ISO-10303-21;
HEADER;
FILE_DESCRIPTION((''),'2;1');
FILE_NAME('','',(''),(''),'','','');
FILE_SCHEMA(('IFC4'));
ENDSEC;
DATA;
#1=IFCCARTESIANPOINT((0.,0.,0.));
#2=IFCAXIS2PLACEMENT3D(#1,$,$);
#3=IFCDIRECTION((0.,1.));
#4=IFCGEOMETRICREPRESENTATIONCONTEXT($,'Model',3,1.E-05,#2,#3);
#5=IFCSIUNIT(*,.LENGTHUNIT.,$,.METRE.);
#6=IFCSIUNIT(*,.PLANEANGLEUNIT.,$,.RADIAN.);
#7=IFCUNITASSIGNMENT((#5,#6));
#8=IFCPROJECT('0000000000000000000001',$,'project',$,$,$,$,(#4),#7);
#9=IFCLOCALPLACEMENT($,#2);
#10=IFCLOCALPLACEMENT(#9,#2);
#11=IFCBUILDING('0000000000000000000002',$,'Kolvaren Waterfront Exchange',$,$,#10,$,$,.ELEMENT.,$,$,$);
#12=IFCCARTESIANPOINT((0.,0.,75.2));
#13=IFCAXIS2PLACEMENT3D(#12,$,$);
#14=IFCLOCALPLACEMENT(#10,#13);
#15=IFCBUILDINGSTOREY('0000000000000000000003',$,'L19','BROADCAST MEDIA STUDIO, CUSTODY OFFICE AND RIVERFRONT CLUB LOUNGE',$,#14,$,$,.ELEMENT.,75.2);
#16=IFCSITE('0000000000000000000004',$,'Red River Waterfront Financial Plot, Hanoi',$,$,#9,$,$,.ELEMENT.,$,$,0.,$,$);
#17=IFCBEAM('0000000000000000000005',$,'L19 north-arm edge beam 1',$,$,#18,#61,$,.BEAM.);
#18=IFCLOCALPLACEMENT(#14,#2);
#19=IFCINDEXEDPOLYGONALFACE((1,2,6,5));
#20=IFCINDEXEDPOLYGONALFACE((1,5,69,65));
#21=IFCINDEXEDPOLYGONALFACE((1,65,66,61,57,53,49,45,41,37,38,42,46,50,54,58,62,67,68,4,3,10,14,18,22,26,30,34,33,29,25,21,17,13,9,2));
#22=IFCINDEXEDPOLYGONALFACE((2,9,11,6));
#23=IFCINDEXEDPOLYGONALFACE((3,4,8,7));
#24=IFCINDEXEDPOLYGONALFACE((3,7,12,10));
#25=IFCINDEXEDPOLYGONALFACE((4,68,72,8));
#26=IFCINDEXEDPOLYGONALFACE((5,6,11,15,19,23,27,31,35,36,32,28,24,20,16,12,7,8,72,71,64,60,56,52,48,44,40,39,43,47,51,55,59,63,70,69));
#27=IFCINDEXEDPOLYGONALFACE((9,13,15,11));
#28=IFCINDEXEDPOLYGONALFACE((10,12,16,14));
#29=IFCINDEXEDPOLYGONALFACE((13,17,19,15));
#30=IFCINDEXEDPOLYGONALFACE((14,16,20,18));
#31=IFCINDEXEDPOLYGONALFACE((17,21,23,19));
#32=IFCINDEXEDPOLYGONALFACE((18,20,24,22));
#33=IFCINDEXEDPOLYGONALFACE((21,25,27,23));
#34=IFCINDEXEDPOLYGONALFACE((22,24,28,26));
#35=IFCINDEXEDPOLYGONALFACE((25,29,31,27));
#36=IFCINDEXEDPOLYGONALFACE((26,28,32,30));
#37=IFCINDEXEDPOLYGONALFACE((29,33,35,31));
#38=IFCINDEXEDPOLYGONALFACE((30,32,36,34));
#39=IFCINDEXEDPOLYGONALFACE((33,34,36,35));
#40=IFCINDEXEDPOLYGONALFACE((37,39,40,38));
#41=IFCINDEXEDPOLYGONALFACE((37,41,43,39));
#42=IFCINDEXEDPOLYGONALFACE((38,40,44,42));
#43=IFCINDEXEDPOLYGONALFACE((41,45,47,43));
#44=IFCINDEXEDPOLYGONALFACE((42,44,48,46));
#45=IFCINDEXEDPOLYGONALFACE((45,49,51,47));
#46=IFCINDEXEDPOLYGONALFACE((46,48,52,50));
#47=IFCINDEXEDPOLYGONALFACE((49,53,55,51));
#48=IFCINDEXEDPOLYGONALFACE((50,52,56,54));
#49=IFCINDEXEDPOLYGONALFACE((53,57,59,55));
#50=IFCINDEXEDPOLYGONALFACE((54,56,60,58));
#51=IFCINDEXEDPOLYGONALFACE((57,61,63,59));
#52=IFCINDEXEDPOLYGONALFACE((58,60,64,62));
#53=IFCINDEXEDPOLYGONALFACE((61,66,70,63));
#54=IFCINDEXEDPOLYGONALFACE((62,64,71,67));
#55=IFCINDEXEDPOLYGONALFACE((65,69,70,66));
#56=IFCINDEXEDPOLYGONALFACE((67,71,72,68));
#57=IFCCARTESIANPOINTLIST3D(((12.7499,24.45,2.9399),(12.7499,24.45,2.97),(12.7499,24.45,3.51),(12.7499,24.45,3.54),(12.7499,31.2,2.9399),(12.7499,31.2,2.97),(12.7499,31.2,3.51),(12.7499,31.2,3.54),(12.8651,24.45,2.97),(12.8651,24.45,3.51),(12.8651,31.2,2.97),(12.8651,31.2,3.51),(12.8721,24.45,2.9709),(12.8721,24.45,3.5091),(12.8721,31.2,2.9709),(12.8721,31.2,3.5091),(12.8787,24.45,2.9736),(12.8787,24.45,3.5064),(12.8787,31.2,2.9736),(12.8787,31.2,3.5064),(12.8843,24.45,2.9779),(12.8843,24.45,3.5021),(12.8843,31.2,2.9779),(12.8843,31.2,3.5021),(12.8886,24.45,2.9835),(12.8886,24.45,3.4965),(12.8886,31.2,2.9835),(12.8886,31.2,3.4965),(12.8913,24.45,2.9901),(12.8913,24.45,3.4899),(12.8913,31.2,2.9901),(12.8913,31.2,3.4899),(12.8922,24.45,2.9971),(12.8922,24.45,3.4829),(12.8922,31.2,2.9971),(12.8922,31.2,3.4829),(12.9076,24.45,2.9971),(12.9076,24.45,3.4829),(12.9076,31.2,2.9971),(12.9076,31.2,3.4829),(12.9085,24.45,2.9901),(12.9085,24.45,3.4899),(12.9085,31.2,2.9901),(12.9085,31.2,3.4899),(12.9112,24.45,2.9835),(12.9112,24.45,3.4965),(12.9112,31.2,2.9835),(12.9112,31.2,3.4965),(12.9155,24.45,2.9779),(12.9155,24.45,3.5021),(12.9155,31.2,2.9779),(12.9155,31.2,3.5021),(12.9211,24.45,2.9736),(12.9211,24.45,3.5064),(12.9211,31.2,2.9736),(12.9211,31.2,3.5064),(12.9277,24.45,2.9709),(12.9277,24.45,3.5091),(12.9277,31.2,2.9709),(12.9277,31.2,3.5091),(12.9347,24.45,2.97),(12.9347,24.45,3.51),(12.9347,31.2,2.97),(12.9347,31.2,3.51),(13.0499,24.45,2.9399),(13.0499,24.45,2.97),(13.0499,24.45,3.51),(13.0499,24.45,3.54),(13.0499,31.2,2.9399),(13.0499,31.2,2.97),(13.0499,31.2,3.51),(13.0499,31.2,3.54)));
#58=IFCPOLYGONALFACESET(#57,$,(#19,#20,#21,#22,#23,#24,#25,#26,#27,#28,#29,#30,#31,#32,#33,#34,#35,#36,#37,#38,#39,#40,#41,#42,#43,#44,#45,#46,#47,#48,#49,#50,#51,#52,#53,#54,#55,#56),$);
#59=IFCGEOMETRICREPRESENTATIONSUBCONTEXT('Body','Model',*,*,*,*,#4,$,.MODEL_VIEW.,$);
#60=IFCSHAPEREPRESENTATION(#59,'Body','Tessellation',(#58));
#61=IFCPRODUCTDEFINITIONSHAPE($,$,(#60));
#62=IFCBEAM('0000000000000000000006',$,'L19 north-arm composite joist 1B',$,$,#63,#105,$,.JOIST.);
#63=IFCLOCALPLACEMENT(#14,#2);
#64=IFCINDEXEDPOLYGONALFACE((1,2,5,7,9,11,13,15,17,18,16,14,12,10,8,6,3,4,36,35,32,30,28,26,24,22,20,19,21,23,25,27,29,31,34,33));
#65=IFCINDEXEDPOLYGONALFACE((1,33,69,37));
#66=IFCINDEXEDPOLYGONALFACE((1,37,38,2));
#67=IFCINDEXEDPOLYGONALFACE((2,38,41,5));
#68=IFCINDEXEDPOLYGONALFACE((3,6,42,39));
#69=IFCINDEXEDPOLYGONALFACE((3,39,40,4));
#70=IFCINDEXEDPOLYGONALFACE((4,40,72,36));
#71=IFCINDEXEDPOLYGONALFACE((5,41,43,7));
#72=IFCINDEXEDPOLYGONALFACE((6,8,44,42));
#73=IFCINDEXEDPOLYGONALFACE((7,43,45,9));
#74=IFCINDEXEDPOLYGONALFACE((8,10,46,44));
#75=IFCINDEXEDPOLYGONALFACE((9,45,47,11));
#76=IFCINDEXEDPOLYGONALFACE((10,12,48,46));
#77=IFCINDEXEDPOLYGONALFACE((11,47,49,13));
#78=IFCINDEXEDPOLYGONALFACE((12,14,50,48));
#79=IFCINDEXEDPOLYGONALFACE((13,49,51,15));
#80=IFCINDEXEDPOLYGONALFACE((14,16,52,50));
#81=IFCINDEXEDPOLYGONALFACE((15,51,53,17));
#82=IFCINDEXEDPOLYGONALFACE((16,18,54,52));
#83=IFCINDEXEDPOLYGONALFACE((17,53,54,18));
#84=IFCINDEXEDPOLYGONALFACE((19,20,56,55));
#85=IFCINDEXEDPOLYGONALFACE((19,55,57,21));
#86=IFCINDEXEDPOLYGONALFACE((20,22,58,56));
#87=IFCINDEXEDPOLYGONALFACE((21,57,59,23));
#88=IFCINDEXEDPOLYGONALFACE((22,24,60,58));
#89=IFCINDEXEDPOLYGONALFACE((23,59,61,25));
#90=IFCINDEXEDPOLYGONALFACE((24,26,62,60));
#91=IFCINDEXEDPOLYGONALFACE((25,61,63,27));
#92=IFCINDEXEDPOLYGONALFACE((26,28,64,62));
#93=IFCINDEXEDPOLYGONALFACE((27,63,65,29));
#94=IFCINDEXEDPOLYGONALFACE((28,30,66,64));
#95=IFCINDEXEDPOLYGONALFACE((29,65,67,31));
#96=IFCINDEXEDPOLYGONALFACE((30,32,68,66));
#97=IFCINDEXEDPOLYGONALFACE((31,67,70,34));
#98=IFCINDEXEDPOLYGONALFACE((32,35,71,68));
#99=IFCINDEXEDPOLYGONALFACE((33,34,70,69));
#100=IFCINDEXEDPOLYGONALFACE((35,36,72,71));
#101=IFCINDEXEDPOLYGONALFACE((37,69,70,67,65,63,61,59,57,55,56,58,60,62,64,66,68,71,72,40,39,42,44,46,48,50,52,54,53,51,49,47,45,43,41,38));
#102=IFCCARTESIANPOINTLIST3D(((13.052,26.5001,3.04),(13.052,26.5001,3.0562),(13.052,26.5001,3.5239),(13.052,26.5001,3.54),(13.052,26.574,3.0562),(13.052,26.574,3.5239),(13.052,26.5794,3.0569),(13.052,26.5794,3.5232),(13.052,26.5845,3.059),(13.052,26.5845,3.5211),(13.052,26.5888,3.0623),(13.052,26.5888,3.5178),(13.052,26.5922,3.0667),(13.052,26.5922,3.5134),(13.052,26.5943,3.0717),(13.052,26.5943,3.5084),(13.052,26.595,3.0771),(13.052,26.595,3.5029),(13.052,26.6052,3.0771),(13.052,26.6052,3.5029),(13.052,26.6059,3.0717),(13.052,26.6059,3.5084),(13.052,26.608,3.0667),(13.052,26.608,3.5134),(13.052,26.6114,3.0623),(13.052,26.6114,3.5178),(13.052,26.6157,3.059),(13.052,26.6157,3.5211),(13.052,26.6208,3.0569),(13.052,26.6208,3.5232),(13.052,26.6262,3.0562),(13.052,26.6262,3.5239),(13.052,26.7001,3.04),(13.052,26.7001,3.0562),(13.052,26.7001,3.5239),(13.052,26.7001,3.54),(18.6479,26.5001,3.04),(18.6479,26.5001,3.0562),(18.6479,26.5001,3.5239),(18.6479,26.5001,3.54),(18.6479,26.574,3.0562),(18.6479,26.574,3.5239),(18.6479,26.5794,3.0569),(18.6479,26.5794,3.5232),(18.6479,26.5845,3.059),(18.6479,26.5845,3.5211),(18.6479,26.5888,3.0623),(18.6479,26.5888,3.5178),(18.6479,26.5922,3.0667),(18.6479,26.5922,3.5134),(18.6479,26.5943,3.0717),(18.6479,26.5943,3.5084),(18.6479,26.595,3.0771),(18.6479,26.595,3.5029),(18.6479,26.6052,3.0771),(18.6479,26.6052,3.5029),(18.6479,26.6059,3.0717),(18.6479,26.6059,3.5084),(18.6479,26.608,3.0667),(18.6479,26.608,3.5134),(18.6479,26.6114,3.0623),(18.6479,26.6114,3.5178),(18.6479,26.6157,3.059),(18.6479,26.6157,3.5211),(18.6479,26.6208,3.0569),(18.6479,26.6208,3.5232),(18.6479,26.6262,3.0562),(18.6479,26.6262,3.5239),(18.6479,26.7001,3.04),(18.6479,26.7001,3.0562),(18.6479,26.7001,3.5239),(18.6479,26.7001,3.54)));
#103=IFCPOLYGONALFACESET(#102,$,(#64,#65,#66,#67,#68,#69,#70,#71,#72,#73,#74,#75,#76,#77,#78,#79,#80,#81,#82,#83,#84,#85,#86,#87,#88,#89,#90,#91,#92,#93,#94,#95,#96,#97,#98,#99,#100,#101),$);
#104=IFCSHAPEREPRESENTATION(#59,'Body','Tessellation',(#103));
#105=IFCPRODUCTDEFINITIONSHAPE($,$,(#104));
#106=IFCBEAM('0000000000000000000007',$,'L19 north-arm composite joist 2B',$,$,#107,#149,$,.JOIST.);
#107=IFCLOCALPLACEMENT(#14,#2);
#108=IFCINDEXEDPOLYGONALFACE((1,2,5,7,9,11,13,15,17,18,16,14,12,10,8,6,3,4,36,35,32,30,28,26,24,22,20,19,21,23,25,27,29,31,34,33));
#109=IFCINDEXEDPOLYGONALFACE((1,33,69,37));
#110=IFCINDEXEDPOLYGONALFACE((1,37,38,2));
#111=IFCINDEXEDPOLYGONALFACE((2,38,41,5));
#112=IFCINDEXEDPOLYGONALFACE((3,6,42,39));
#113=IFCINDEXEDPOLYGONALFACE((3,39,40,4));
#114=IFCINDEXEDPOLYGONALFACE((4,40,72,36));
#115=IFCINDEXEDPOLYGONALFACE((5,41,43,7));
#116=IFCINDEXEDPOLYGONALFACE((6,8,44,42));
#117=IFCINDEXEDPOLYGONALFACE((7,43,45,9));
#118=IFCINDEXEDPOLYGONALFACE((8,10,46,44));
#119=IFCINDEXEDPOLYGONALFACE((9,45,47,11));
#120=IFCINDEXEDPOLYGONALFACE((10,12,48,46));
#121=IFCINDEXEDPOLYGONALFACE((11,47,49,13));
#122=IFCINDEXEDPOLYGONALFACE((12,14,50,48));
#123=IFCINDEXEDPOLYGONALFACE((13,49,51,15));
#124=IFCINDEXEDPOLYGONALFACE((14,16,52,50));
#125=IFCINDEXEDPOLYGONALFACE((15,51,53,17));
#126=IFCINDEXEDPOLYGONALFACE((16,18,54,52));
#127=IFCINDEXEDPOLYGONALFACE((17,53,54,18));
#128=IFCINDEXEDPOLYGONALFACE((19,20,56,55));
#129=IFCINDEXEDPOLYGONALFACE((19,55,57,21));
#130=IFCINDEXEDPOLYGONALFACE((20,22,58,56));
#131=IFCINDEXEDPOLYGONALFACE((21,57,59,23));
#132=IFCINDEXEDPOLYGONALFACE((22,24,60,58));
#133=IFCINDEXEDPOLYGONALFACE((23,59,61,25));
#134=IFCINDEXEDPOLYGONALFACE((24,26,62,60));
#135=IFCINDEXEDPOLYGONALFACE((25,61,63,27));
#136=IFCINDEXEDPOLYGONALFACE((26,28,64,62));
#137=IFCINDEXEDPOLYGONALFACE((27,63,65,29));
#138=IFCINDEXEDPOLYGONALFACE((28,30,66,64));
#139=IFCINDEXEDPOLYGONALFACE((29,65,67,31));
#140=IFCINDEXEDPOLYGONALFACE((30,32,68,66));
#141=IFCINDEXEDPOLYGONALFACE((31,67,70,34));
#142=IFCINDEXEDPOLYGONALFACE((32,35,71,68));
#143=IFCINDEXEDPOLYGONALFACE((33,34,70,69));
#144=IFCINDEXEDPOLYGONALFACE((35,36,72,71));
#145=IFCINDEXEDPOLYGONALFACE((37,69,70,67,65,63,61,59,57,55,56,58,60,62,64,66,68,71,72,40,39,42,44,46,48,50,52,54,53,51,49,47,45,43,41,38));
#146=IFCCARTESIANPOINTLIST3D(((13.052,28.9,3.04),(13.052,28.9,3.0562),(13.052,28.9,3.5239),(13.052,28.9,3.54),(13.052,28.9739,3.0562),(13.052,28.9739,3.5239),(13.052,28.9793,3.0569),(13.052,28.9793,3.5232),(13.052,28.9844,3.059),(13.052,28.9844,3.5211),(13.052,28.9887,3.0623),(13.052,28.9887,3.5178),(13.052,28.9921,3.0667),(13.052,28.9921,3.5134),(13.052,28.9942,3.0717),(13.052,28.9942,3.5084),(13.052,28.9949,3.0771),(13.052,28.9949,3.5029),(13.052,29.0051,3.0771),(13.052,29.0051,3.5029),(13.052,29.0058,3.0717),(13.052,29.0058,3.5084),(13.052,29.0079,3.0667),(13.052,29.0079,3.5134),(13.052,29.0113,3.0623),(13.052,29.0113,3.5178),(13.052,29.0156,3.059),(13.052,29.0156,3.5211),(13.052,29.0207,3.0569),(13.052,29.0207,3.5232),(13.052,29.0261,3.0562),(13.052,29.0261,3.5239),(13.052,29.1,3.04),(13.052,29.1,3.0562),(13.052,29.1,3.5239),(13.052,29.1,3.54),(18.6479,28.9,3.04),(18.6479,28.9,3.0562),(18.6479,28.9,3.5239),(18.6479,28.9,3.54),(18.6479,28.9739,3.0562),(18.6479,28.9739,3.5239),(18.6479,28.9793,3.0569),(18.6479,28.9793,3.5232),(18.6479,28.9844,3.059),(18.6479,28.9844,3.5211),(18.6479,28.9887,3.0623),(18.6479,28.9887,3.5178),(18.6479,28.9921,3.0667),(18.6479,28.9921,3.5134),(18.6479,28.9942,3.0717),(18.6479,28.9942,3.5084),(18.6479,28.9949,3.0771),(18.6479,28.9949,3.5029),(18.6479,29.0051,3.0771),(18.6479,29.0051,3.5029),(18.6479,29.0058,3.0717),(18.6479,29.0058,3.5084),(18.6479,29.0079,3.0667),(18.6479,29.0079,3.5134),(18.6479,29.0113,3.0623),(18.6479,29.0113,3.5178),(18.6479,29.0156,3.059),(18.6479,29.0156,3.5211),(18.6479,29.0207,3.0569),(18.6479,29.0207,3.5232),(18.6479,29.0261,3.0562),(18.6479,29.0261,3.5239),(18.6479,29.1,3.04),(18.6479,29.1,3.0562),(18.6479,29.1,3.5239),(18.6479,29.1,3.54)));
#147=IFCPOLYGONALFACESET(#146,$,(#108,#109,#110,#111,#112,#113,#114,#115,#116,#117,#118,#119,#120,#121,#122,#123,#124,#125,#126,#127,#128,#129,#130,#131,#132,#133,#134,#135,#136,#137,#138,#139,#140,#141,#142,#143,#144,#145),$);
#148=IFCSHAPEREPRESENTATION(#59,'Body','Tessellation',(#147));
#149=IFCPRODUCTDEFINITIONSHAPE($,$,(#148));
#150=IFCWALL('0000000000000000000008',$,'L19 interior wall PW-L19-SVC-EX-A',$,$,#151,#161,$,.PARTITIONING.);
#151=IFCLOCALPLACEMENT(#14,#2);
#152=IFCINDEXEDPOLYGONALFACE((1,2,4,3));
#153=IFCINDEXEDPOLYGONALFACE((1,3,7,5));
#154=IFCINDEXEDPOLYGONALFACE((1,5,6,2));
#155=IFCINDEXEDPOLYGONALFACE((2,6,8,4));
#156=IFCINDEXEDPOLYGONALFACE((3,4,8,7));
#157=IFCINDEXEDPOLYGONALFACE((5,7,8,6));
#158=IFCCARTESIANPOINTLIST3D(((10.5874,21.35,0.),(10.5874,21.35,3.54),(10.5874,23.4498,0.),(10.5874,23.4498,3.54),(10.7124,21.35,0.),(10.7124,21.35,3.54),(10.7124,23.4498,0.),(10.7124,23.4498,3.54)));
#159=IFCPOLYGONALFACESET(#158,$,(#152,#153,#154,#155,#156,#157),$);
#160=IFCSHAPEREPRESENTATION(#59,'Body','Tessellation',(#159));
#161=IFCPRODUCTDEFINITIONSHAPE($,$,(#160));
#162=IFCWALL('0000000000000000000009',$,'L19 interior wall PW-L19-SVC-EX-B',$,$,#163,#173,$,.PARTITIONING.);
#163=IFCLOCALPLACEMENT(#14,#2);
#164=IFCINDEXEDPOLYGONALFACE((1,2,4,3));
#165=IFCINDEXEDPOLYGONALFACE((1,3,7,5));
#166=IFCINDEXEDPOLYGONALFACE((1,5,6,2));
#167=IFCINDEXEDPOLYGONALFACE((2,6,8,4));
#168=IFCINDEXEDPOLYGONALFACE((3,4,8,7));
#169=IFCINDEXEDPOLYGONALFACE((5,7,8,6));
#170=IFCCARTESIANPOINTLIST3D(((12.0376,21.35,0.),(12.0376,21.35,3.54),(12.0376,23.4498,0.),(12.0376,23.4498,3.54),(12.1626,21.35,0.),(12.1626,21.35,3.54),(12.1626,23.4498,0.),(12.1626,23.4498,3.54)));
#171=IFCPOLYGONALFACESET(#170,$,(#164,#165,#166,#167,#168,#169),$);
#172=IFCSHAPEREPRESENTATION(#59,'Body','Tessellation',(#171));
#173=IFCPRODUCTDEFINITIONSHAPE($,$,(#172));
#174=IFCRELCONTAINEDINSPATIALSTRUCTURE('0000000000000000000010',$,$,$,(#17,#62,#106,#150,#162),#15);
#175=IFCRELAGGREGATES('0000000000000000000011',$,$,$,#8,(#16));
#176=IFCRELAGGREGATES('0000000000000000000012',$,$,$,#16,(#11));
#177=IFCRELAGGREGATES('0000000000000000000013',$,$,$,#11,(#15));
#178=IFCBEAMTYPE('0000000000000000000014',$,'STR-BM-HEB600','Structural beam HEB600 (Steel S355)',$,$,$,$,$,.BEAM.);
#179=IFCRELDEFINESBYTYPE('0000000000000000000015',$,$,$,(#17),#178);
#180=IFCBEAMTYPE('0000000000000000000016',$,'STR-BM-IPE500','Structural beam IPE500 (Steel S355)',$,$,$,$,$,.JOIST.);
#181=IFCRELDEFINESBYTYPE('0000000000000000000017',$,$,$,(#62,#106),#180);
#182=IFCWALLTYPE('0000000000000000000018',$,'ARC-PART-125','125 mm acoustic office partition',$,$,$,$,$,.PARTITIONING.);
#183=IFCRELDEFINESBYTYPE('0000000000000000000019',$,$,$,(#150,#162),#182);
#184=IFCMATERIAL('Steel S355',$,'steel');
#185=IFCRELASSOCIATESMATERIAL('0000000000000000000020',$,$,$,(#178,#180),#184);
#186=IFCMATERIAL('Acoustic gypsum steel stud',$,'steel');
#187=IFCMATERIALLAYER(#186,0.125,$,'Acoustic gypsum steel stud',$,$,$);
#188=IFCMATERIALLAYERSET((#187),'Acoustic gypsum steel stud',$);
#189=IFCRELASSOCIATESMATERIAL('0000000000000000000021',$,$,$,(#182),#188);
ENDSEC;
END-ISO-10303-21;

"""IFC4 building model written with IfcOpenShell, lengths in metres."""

from ifc_helpers import new_model, si_unit, direction, frame, frame_2d, origin, origin_2d, place, context, subcontext, project, spatial, rectangle, i_section, extrude, material, layer, layer_set, material_profile, profile_set, type_object, element, save


model = new_model("IFC4")

# Units and contexts
model_context = context("Model", 3, precision=1e-05, world=origin(), true_north=direction((0.0, 1.0)))
body_context = subcontext(model_context, "Body", "Model", "MODEL_VIEW")
ifc_project = project(units=[si_unit("LENGTHUNIT", "METRE"), si_unit("PLANEANGLEUNIT", "RADIAN")], contexts=[model_context])

# Site, building, storey
site_placement = place(None, origin())
site = spatial("IfcSite", under=ifc_project, at=site_placement, Name="Red River Waterfront Financial Plot, Hanoi", CompositionType="ELEMENT", RefElevation=0.0)
building_placement = place(site_placement, origin())
building = spatial("IfcBuilding", under=site, at=building_placement, Name="Kolvaren Waterfront Exchange", CompositionType="ELEMENT")
storey_placement = place(building_placement, frame((0.0, 0.0, 75.2)))
storey = spatial("IfcBuildingStorey", under=building, at=storey_placement, Name="L19", Description="BROADCAST MEDIA STUDIO, CUSTODY OFFICE AND RIVERFRONT CLUB LOUNGE", CompositionType="ELEMENT", Elevation=75.2)

# Beams
ifc_material_1 = material(Name="Steel S355", Category="steel")
ifc_material_profile_1 = material_profile(ifc_material_1, i_section(OverallWidth=0.3, OverallDepth=0.6001, WebThickness=0.0154, FlangeThickness=0.03, FilletRadius=0.0271, at=origin_2d()), Name="HEB600")
ifc_profile_set_1 = profile_set([ifc_material_profile_1], Name="Steel S355")
beam_type_1 = type_object("IfcBeamType", Name="STR-BM-HEB600", Description="Structural beam HEB600 (Steel S355)", PredefinedType="BEAM", material=ifc_profile_set_1)
beam_1_placement = place(storey_placement, frame((12.8999, 24.45, 3.24), z_axis=(0.0, 1.0, 0.0), x_axis=(-1.0, 0.0, 0.0)))
element("IfcBeam", 1, at=beam_1_placement, inside=storey, type_object=beam_type_1, Name="L19 north-arm edge beam 1", PredefinedType="BEAM", context=body_context, shape_type="SweptSolid", body=[
    extrude(i_section(OverallWidth=0.3, OverallDepth=0.6001, WebThickness=0.0154, FlangeThickness=0.03, FilletRadius=0.0271, at=origin_2d()), origin(), (0.0, 0.0, 1.0), 6.75),
])
ifc_material_profile_2 = material_profile(ifc_material_1, i_section(OverallWidth=0.2, OverallDepth=0.5, WebThickness=0.0103, FlangeThickness=0.0161, FilletRadius=0.021, at=origin_2d()), Name="IPE500")
ifc_profile_set_2 = profile_set([ifc_material_profile_2], Name="Steel S355")
beam_type_2 = type_object("IfcBeamType", Name="STR-BM-IPE500", Description="Structural beam IPE500 (Steel S355)", PredefinedType="JOIST", material=ifc_profile_set_2)
for number, where, z_axis, x_axis, name in (
    (2, (13.052, 26.6001, 3.29), (1.0, 0.0, 0.0), (0.0, 1.0, 0.0), "L19 north-arm composite joist 1B"),
    (3, (13.052, 29.0, 3.29), (1.0, 0.0, 0.0), (0.0, 1.0, 0.0), "L19 north-arm composite joist 2B"),
):
    element("IfcBeam", number, at=place(storey_placement, frame(where, z_axis=z_axis, x_axis=x_axis)), inside=storey, type_object=beam_type_2, Name=name, PredefinedType="JOIST", context=body_context, shape_type="SweptSolid", body=[
        extrude(i_section(OverallWidth=0.2, OverallDepth=0.5, WebThickness=0.0103, FlangeThickness=0.0161, FilletRadius=0.021, at=origin_2d()), origin(), (0.0, 0.0, 1.0), 5.5959),
    ])

# Shared definitions
ifc_material_2 = material(Name="Acoustic gypsum steel stud", Category="steel")
ifc_layer_1 = layer(ifc_material_2, 0.125, Name="Acoustic gypsum steel stud")
ifc_layer_set_1 = layer_set([ifc_layer_1], Name="Acoustic gypsum steel stud")
wall_type_1 = type_object("IfcWallType", Name="ARC-PART-125", Description="125 mm acoustic office partition", PredefinedType="PARTITIONING", material=ifc_layer_set_1)

# Walls
for number, where, z_axis, x_axis, name in (
    (4, (10.6499, 21.3501, 0.0), (0.0, 0.0, 1.0), (0.0, 1.0, 0.0), "L19 interior wall PW-L19-SVC-EX-A"),
    (5, (12.1001, 21.3501, 0.0), (0.0, 0.0, 1.0), (0.0, 1.0, 0.0), "L19 interior wall PW-L19-SVC-EX-B"),
):
    element("IfcWall", number, at=place(storey_placement, frame(where, z_axis=z_axis, x_axis=x_axis)), inside=storey, type_object=wall_type_1, Name=name, PredefinedType="PARTITIONING", context=body_context, shape_type="SweptSolid", body=[
        extrude(rectangle(XDim=2.0999, YDim=0.125, at=frame_2d((1.0498, 0.0))), origin(), (0.0, 0.0, 1.0), 3.54),
    ])

save(model, "model.ifc")
